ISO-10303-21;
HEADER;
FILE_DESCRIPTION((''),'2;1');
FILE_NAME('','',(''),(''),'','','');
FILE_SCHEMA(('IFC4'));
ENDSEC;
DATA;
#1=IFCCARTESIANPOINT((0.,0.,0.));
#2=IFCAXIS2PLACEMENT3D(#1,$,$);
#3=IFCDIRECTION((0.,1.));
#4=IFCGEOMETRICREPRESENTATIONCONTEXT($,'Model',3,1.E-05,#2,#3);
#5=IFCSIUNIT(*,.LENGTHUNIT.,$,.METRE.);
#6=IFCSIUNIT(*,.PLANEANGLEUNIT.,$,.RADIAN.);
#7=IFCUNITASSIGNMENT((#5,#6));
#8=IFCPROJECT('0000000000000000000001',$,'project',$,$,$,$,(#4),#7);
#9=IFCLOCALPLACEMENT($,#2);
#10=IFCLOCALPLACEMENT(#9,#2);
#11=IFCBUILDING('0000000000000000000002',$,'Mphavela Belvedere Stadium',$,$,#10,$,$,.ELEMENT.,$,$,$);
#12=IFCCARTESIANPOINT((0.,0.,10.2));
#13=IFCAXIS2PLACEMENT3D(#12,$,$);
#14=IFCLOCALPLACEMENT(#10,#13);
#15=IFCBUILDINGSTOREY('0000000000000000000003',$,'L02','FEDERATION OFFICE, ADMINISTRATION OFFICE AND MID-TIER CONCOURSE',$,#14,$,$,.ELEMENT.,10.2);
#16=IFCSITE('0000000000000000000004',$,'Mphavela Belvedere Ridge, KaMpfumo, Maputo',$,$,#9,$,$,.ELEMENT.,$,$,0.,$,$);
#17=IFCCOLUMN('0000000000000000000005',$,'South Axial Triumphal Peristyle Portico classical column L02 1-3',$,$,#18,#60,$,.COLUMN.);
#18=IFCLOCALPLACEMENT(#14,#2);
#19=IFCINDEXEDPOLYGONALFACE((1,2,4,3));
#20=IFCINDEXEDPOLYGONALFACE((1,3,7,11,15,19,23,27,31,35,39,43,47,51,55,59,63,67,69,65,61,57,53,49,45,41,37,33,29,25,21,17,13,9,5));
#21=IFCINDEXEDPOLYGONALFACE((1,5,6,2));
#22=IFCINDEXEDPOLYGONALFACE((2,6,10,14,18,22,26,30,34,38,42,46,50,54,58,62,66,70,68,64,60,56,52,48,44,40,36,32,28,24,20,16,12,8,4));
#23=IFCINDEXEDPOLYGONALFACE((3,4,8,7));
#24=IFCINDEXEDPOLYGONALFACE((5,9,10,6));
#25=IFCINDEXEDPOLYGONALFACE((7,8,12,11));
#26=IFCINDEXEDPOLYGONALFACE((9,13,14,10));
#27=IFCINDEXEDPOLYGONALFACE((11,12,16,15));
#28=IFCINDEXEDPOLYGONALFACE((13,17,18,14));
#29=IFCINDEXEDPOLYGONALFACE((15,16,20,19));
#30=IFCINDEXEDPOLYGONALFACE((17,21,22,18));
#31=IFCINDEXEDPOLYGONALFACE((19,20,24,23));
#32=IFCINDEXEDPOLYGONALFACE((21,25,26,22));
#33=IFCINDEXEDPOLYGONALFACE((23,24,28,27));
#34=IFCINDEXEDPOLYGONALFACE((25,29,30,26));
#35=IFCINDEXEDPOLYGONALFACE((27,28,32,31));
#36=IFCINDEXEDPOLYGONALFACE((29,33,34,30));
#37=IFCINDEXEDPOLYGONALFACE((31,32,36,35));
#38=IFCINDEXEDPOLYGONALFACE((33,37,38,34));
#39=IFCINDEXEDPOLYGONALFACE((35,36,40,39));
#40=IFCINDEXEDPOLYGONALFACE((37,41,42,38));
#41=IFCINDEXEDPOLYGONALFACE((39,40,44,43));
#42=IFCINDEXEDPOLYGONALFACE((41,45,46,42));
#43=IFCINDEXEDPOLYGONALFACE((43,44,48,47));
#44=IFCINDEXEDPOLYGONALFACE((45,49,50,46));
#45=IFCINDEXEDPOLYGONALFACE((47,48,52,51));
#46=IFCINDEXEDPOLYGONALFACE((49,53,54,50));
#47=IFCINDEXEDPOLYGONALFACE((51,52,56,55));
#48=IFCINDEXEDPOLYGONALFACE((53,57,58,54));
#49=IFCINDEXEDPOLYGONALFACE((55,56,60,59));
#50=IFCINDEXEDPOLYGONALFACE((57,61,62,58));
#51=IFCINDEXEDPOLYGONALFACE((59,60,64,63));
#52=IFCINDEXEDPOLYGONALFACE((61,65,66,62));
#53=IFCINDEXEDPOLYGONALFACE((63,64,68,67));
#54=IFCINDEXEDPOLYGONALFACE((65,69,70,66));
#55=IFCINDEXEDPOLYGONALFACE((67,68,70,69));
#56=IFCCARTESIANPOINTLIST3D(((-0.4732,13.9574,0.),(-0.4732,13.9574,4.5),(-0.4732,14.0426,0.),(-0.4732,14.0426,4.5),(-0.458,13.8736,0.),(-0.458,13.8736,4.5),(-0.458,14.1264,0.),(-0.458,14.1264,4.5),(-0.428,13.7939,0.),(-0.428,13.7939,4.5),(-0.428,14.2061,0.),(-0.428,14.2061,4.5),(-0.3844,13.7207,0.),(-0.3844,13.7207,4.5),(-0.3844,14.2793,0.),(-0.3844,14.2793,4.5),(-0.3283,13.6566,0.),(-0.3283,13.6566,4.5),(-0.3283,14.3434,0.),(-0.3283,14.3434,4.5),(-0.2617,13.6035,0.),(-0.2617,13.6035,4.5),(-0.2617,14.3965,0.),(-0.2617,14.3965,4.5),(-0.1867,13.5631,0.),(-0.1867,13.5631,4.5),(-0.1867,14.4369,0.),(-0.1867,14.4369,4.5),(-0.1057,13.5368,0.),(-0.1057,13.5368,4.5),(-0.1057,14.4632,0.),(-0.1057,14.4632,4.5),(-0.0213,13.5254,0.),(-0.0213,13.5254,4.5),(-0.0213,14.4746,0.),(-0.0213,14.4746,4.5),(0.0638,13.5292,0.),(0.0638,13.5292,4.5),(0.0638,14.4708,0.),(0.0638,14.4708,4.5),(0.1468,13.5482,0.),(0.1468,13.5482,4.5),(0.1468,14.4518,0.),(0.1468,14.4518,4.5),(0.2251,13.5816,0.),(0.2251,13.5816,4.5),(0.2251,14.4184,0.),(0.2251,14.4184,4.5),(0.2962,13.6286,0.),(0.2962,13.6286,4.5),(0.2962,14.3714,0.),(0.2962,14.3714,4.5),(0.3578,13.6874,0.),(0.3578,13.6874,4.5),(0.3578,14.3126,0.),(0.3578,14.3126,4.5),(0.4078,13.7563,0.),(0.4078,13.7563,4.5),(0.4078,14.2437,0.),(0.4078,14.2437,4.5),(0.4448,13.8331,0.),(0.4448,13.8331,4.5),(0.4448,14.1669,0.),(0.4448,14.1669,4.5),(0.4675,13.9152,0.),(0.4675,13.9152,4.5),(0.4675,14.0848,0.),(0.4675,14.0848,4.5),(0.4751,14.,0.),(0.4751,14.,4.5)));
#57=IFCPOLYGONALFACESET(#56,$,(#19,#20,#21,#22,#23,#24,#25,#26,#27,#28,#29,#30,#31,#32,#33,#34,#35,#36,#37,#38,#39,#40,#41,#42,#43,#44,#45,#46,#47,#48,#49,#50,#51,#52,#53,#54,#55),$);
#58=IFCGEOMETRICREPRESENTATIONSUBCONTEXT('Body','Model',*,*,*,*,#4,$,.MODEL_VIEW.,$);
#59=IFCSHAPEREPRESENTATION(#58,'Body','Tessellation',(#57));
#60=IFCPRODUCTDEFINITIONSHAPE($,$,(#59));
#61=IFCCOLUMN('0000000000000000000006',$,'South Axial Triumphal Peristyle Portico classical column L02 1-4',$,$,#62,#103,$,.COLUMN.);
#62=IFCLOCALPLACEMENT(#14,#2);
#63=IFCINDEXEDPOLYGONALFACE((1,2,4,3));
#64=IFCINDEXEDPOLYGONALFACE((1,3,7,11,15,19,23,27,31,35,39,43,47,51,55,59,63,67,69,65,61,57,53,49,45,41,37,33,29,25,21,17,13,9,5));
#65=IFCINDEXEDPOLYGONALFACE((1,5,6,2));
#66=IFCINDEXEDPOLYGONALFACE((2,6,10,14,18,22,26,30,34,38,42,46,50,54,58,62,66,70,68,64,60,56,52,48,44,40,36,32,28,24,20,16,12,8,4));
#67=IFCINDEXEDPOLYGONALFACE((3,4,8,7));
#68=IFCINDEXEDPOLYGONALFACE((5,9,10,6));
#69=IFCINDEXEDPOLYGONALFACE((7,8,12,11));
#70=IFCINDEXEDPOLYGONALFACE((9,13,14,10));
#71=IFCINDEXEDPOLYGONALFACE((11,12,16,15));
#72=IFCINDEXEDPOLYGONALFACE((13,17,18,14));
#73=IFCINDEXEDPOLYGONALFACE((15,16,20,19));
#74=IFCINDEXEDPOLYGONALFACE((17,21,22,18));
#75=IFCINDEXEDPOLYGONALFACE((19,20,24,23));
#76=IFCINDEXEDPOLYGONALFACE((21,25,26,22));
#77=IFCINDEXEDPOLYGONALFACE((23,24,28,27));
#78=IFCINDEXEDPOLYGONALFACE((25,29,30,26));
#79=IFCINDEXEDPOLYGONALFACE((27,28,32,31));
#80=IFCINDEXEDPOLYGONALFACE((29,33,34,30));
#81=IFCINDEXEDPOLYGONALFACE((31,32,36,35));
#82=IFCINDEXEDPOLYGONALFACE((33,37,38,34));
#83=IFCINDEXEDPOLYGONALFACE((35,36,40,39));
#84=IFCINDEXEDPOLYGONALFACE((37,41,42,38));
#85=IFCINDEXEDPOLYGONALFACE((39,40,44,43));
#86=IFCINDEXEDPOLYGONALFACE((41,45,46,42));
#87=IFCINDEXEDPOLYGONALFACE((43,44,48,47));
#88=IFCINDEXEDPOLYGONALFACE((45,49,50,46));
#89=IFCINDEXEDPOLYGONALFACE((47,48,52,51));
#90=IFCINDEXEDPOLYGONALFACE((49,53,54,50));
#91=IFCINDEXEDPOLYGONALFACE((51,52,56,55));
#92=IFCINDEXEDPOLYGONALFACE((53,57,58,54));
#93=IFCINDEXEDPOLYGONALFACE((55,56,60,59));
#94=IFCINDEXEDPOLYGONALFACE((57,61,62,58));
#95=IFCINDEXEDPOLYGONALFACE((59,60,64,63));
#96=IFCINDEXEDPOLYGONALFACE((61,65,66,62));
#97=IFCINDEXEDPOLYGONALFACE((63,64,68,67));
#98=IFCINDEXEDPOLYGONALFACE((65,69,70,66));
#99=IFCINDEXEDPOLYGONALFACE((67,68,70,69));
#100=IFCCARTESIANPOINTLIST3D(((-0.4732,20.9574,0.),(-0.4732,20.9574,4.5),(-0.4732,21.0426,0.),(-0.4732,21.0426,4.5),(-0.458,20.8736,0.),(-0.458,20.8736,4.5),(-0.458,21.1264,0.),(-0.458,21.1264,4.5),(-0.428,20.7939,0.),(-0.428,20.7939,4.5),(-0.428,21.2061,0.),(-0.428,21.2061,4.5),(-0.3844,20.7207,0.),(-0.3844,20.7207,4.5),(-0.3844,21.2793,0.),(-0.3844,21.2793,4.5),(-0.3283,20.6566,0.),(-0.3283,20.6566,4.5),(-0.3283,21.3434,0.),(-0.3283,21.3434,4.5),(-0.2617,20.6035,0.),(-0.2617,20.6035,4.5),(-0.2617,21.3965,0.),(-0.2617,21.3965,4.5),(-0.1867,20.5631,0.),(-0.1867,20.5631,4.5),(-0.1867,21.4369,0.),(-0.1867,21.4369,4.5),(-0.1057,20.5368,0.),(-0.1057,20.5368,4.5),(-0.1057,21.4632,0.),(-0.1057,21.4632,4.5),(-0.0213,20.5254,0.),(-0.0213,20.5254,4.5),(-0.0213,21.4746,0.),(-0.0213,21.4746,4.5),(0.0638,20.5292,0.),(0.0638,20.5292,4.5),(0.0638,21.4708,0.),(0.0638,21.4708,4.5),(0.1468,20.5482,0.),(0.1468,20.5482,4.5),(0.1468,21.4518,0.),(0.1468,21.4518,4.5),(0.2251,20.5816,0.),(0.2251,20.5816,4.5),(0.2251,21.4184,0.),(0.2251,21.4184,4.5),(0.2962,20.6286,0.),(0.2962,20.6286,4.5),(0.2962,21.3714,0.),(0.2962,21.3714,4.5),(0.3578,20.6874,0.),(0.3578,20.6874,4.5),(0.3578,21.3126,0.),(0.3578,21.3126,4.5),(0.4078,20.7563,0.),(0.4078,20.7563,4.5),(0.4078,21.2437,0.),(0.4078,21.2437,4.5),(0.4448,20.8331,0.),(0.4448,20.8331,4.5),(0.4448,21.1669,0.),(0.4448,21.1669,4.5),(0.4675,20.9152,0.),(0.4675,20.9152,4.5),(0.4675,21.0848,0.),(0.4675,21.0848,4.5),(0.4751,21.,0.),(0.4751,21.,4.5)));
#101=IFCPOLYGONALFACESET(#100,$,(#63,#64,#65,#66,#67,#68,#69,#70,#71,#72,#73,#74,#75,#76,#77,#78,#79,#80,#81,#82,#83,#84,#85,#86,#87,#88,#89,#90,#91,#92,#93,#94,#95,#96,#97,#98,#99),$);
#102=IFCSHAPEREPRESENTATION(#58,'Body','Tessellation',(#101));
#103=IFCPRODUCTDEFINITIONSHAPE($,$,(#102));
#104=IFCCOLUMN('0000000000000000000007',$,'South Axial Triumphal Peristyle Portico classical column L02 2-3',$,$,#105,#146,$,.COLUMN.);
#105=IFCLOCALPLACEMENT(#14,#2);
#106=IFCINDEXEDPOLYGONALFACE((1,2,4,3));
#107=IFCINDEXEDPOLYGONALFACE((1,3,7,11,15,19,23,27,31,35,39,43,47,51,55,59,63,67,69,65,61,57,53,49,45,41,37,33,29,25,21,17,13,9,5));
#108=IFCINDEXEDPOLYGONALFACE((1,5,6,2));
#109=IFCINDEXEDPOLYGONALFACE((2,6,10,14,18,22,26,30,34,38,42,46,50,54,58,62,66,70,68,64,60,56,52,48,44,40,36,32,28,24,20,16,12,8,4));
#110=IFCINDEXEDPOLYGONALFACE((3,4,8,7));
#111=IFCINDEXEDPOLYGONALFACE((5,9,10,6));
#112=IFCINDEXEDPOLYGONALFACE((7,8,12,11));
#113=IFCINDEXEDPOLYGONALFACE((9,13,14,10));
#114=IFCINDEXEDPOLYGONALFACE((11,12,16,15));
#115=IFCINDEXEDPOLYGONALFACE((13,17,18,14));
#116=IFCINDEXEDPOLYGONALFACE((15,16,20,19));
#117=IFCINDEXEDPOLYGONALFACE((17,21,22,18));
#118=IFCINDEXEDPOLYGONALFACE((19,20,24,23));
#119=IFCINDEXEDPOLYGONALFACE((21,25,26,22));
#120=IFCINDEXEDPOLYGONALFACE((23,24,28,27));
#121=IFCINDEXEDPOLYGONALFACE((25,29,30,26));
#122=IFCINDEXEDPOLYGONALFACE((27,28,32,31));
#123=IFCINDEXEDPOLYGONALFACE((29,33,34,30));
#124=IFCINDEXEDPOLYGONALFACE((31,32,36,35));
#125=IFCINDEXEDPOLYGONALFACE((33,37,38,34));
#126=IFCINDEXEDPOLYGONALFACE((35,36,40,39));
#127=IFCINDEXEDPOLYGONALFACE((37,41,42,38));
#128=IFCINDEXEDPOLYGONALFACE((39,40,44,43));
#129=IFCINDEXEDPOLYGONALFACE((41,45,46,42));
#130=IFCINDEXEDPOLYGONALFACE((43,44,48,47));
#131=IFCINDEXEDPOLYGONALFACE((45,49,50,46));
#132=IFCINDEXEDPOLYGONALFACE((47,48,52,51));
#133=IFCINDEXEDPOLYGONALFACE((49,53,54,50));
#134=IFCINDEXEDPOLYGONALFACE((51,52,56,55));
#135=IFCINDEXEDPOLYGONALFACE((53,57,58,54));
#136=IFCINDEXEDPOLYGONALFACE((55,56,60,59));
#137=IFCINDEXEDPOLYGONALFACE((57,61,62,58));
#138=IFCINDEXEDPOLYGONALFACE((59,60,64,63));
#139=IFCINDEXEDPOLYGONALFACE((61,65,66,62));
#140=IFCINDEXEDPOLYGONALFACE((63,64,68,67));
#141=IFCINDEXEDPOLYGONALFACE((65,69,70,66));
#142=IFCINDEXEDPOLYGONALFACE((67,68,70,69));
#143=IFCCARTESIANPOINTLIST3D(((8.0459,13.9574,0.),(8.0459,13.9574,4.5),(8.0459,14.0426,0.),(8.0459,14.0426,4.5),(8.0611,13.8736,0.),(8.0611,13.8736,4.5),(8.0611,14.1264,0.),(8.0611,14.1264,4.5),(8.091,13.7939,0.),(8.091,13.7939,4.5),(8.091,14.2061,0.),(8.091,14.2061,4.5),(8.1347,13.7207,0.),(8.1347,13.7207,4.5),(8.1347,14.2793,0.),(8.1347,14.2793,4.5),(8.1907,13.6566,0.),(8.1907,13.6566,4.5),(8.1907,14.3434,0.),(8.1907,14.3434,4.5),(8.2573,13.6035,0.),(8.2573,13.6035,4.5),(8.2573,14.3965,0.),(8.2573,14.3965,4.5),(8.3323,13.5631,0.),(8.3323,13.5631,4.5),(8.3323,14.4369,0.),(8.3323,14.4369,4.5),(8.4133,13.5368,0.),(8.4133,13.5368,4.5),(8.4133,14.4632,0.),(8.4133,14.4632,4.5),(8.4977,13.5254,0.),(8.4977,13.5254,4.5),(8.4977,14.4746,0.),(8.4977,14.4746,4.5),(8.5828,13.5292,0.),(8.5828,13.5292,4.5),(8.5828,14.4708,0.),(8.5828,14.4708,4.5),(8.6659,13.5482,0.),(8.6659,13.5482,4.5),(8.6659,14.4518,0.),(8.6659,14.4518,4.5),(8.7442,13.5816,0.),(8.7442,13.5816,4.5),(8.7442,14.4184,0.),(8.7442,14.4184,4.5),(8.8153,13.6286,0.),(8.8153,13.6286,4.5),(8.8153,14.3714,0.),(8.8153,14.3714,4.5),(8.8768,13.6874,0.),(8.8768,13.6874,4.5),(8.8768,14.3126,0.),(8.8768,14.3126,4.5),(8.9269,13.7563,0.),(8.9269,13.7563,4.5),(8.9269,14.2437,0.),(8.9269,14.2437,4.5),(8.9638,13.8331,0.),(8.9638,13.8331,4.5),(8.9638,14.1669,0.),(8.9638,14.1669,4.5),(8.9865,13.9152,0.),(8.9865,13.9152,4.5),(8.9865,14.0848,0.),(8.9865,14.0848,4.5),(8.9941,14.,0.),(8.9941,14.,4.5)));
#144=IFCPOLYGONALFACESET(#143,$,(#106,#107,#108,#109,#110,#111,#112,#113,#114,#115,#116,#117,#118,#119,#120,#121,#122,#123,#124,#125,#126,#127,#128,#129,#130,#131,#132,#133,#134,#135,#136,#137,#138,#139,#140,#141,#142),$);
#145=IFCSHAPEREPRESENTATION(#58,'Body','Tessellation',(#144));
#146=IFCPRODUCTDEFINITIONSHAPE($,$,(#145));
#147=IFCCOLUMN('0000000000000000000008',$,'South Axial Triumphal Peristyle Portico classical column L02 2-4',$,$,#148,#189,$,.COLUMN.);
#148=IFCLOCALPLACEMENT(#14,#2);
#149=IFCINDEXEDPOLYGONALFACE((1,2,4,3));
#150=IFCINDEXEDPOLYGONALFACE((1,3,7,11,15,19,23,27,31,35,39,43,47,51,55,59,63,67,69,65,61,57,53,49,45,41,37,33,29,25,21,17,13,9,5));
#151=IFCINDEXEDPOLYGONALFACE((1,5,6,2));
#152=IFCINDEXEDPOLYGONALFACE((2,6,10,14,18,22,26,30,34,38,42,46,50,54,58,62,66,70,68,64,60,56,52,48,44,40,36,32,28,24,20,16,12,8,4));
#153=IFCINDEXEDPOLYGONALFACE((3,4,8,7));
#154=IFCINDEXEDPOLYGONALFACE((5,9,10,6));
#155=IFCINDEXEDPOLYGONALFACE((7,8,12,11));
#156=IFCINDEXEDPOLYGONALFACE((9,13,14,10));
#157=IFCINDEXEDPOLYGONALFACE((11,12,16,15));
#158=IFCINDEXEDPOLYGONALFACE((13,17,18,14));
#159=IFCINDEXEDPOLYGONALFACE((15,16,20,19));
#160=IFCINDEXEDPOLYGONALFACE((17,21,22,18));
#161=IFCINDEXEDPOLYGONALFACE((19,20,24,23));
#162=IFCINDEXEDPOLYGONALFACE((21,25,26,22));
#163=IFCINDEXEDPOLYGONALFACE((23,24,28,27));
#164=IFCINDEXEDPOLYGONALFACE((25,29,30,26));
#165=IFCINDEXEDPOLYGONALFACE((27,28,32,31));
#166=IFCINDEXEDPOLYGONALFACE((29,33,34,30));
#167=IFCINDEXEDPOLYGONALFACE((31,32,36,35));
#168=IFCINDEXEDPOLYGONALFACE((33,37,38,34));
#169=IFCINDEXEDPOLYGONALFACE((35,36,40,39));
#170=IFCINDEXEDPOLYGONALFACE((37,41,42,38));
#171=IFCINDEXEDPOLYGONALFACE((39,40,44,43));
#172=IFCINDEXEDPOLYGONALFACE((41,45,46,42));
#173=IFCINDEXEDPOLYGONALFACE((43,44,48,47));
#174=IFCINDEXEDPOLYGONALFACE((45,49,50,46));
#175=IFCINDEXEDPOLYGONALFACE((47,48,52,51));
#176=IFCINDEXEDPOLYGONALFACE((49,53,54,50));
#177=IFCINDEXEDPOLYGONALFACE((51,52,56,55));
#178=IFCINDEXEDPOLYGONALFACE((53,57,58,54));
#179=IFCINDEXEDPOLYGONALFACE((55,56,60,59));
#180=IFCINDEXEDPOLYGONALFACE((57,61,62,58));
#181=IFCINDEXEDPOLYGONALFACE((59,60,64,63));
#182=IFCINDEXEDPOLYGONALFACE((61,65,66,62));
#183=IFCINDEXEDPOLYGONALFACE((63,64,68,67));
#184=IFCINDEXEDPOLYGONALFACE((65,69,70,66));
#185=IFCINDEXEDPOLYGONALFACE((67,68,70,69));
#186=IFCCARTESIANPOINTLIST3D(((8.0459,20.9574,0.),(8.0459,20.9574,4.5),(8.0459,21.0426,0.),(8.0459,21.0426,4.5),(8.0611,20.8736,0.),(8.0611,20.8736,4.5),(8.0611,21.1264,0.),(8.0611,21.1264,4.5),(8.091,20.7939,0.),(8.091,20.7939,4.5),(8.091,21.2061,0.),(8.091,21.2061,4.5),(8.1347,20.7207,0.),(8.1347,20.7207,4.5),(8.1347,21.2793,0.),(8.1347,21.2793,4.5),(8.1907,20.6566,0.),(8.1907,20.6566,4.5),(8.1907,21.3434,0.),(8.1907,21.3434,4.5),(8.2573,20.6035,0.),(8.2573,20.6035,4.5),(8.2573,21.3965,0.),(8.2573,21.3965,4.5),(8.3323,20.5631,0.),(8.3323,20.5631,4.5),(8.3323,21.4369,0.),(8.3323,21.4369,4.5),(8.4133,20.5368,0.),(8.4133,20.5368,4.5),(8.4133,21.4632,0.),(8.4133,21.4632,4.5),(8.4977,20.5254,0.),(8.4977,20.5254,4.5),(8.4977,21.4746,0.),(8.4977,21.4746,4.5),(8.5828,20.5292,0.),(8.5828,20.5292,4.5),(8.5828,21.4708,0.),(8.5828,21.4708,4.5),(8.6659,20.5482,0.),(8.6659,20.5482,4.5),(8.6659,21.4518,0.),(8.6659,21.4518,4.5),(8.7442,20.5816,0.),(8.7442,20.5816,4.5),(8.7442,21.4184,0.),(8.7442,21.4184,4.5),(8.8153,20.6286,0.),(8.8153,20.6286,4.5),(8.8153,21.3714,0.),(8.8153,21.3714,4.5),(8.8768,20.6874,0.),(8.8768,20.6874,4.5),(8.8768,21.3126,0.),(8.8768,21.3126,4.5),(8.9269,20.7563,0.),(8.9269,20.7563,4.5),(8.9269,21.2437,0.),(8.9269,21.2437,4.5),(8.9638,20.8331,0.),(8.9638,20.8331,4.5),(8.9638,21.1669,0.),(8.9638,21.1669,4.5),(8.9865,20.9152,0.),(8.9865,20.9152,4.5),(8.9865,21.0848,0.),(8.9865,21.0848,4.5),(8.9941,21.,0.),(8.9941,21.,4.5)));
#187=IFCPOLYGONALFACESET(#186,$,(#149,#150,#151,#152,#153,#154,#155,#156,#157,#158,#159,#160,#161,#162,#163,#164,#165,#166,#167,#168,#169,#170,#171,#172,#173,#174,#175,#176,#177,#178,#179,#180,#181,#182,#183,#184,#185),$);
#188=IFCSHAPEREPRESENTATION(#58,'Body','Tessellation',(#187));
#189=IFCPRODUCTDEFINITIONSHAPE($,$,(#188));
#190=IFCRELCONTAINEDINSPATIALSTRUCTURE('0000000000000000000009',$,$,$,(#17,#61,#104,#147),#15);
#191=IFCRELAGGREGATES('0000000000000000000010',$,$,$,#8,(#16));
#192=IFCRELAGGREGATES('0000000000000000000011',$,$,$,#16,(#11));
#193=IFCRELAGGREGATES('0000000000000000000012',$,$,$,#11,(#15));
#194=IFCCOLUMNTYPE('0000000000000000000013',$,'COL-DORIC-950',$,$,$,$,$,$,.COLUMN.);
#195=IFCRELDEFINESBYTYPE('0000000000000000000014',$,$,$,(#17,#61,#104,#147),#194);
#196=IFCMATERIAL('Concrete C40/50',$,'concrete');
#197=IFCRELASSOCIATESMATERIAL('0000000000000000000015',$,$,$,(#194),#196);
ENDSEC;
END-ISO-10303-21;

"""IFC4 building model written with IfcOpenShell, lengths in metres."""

from ifc_helpers import new_model, si_unit, direction, frame, origin, origin_2d, place, context, subcontext, project, spatial, circle, extrude, material, material_profile, profile_set, type_object, element, save


model = new_model("IFC4")

# Units and contexts
model_context = context("Model", 3, precision=1e-05, world=origin(), true_north=direction((0.0, 1.0)))
body_context = subcontext(model_context, "Body", "Model", "MODEL_VIEW")
ifc_project = project(units=[si_unit("LENGTHUNIT", "METRE"), si_unit("PLANEANGLEUNIT", "RADIAN")], contexts=[model_context])

# Site, building, storey
site_placement = place(None, origin())
site = spatial("IfcSite", under=ifc_project, at=site_placement, Name="Mphavela Belvedere Ridge, KaMpfumo, Maputo", CompositionType="ELEMENT", RefElevation=0.0)
building_placement = place(site_placement, origin())
building = spatial("IfcBuilding", under=site, at=building_placement, Name="Mphavela Belvedere Stadium", CompositionType="ELEMENT")
storey_placement = place(building_placement, frame((0.0, 0.0, 10.2)))
storey = spatial("IfcBuildingStorey", under=building, at=storey_placement, Name="L02", Description="FEDERATION OFFICE, ADMINISTRATION OFFICE AND MID-TIER CONCOURSE", CompositionType="ELEMENT", Elevation=10.2)

# Columns
ifc_material_1 = material(Name="Concrete C40/50", Category="concrete")
ifc_material_profile_1 = material_profile(ifc_material_1, circle(Radius=0.4751, at=origin_2d()), Name="COL D950")
ifc_profile_set_1 = profile_set([ifc_material_profile_1], Name="Concrete C40/50")
column_type = type_object("IfcColumnType", Name="COL-DORIC-950", PredefinedType="COLUMN", material=ifc_profile_set_1)
for number, where, z_axis, x_axis, name in (
    (1, (0.0, 14.0, 0.0), (0.0, 0.0, 1.0), (1.0, 0.0, 0.0), "South Axial Triumphal Peristyle Portico classical column L02 1-3"),
    (2, (0.0, 21.0, 0.0), (0.0, 0.0, 1.0), (1.0, 0.0, 0.0), "South Axial Triumphal Peristyle Portico classical column L02 1-4"),
    (3, (8.519, 14.0, 0.0), (0.0, 0.0, 1.0), (1.0, 0.0, 0.0), "South Axial Triumphal Peristyle Portico classical column L02 2-3"),
    (4, (8.519, 21.0, 0.0), (0.0, 0.0, 1.0), (1.0, 0.0, 0.0), "South Axial Triumphal Peristyle Portico classical column L02 2-4"),
):
    element("IfcColumn", number, at=place(storey_placement, frame(where, z_axis=z_axis, x_axis=x_axis)), inside=storey, type_object=column_type, Name=name, PredefinedType="COLUMN", context=body_context, shape_type="SweptSolid", body=[
        extrude(circle(Radius=0.4751, at=origin_2d()), origin(), (0.0, 0.0, 1.0), 4.5),
    ])

save(model, "model.ifc")
